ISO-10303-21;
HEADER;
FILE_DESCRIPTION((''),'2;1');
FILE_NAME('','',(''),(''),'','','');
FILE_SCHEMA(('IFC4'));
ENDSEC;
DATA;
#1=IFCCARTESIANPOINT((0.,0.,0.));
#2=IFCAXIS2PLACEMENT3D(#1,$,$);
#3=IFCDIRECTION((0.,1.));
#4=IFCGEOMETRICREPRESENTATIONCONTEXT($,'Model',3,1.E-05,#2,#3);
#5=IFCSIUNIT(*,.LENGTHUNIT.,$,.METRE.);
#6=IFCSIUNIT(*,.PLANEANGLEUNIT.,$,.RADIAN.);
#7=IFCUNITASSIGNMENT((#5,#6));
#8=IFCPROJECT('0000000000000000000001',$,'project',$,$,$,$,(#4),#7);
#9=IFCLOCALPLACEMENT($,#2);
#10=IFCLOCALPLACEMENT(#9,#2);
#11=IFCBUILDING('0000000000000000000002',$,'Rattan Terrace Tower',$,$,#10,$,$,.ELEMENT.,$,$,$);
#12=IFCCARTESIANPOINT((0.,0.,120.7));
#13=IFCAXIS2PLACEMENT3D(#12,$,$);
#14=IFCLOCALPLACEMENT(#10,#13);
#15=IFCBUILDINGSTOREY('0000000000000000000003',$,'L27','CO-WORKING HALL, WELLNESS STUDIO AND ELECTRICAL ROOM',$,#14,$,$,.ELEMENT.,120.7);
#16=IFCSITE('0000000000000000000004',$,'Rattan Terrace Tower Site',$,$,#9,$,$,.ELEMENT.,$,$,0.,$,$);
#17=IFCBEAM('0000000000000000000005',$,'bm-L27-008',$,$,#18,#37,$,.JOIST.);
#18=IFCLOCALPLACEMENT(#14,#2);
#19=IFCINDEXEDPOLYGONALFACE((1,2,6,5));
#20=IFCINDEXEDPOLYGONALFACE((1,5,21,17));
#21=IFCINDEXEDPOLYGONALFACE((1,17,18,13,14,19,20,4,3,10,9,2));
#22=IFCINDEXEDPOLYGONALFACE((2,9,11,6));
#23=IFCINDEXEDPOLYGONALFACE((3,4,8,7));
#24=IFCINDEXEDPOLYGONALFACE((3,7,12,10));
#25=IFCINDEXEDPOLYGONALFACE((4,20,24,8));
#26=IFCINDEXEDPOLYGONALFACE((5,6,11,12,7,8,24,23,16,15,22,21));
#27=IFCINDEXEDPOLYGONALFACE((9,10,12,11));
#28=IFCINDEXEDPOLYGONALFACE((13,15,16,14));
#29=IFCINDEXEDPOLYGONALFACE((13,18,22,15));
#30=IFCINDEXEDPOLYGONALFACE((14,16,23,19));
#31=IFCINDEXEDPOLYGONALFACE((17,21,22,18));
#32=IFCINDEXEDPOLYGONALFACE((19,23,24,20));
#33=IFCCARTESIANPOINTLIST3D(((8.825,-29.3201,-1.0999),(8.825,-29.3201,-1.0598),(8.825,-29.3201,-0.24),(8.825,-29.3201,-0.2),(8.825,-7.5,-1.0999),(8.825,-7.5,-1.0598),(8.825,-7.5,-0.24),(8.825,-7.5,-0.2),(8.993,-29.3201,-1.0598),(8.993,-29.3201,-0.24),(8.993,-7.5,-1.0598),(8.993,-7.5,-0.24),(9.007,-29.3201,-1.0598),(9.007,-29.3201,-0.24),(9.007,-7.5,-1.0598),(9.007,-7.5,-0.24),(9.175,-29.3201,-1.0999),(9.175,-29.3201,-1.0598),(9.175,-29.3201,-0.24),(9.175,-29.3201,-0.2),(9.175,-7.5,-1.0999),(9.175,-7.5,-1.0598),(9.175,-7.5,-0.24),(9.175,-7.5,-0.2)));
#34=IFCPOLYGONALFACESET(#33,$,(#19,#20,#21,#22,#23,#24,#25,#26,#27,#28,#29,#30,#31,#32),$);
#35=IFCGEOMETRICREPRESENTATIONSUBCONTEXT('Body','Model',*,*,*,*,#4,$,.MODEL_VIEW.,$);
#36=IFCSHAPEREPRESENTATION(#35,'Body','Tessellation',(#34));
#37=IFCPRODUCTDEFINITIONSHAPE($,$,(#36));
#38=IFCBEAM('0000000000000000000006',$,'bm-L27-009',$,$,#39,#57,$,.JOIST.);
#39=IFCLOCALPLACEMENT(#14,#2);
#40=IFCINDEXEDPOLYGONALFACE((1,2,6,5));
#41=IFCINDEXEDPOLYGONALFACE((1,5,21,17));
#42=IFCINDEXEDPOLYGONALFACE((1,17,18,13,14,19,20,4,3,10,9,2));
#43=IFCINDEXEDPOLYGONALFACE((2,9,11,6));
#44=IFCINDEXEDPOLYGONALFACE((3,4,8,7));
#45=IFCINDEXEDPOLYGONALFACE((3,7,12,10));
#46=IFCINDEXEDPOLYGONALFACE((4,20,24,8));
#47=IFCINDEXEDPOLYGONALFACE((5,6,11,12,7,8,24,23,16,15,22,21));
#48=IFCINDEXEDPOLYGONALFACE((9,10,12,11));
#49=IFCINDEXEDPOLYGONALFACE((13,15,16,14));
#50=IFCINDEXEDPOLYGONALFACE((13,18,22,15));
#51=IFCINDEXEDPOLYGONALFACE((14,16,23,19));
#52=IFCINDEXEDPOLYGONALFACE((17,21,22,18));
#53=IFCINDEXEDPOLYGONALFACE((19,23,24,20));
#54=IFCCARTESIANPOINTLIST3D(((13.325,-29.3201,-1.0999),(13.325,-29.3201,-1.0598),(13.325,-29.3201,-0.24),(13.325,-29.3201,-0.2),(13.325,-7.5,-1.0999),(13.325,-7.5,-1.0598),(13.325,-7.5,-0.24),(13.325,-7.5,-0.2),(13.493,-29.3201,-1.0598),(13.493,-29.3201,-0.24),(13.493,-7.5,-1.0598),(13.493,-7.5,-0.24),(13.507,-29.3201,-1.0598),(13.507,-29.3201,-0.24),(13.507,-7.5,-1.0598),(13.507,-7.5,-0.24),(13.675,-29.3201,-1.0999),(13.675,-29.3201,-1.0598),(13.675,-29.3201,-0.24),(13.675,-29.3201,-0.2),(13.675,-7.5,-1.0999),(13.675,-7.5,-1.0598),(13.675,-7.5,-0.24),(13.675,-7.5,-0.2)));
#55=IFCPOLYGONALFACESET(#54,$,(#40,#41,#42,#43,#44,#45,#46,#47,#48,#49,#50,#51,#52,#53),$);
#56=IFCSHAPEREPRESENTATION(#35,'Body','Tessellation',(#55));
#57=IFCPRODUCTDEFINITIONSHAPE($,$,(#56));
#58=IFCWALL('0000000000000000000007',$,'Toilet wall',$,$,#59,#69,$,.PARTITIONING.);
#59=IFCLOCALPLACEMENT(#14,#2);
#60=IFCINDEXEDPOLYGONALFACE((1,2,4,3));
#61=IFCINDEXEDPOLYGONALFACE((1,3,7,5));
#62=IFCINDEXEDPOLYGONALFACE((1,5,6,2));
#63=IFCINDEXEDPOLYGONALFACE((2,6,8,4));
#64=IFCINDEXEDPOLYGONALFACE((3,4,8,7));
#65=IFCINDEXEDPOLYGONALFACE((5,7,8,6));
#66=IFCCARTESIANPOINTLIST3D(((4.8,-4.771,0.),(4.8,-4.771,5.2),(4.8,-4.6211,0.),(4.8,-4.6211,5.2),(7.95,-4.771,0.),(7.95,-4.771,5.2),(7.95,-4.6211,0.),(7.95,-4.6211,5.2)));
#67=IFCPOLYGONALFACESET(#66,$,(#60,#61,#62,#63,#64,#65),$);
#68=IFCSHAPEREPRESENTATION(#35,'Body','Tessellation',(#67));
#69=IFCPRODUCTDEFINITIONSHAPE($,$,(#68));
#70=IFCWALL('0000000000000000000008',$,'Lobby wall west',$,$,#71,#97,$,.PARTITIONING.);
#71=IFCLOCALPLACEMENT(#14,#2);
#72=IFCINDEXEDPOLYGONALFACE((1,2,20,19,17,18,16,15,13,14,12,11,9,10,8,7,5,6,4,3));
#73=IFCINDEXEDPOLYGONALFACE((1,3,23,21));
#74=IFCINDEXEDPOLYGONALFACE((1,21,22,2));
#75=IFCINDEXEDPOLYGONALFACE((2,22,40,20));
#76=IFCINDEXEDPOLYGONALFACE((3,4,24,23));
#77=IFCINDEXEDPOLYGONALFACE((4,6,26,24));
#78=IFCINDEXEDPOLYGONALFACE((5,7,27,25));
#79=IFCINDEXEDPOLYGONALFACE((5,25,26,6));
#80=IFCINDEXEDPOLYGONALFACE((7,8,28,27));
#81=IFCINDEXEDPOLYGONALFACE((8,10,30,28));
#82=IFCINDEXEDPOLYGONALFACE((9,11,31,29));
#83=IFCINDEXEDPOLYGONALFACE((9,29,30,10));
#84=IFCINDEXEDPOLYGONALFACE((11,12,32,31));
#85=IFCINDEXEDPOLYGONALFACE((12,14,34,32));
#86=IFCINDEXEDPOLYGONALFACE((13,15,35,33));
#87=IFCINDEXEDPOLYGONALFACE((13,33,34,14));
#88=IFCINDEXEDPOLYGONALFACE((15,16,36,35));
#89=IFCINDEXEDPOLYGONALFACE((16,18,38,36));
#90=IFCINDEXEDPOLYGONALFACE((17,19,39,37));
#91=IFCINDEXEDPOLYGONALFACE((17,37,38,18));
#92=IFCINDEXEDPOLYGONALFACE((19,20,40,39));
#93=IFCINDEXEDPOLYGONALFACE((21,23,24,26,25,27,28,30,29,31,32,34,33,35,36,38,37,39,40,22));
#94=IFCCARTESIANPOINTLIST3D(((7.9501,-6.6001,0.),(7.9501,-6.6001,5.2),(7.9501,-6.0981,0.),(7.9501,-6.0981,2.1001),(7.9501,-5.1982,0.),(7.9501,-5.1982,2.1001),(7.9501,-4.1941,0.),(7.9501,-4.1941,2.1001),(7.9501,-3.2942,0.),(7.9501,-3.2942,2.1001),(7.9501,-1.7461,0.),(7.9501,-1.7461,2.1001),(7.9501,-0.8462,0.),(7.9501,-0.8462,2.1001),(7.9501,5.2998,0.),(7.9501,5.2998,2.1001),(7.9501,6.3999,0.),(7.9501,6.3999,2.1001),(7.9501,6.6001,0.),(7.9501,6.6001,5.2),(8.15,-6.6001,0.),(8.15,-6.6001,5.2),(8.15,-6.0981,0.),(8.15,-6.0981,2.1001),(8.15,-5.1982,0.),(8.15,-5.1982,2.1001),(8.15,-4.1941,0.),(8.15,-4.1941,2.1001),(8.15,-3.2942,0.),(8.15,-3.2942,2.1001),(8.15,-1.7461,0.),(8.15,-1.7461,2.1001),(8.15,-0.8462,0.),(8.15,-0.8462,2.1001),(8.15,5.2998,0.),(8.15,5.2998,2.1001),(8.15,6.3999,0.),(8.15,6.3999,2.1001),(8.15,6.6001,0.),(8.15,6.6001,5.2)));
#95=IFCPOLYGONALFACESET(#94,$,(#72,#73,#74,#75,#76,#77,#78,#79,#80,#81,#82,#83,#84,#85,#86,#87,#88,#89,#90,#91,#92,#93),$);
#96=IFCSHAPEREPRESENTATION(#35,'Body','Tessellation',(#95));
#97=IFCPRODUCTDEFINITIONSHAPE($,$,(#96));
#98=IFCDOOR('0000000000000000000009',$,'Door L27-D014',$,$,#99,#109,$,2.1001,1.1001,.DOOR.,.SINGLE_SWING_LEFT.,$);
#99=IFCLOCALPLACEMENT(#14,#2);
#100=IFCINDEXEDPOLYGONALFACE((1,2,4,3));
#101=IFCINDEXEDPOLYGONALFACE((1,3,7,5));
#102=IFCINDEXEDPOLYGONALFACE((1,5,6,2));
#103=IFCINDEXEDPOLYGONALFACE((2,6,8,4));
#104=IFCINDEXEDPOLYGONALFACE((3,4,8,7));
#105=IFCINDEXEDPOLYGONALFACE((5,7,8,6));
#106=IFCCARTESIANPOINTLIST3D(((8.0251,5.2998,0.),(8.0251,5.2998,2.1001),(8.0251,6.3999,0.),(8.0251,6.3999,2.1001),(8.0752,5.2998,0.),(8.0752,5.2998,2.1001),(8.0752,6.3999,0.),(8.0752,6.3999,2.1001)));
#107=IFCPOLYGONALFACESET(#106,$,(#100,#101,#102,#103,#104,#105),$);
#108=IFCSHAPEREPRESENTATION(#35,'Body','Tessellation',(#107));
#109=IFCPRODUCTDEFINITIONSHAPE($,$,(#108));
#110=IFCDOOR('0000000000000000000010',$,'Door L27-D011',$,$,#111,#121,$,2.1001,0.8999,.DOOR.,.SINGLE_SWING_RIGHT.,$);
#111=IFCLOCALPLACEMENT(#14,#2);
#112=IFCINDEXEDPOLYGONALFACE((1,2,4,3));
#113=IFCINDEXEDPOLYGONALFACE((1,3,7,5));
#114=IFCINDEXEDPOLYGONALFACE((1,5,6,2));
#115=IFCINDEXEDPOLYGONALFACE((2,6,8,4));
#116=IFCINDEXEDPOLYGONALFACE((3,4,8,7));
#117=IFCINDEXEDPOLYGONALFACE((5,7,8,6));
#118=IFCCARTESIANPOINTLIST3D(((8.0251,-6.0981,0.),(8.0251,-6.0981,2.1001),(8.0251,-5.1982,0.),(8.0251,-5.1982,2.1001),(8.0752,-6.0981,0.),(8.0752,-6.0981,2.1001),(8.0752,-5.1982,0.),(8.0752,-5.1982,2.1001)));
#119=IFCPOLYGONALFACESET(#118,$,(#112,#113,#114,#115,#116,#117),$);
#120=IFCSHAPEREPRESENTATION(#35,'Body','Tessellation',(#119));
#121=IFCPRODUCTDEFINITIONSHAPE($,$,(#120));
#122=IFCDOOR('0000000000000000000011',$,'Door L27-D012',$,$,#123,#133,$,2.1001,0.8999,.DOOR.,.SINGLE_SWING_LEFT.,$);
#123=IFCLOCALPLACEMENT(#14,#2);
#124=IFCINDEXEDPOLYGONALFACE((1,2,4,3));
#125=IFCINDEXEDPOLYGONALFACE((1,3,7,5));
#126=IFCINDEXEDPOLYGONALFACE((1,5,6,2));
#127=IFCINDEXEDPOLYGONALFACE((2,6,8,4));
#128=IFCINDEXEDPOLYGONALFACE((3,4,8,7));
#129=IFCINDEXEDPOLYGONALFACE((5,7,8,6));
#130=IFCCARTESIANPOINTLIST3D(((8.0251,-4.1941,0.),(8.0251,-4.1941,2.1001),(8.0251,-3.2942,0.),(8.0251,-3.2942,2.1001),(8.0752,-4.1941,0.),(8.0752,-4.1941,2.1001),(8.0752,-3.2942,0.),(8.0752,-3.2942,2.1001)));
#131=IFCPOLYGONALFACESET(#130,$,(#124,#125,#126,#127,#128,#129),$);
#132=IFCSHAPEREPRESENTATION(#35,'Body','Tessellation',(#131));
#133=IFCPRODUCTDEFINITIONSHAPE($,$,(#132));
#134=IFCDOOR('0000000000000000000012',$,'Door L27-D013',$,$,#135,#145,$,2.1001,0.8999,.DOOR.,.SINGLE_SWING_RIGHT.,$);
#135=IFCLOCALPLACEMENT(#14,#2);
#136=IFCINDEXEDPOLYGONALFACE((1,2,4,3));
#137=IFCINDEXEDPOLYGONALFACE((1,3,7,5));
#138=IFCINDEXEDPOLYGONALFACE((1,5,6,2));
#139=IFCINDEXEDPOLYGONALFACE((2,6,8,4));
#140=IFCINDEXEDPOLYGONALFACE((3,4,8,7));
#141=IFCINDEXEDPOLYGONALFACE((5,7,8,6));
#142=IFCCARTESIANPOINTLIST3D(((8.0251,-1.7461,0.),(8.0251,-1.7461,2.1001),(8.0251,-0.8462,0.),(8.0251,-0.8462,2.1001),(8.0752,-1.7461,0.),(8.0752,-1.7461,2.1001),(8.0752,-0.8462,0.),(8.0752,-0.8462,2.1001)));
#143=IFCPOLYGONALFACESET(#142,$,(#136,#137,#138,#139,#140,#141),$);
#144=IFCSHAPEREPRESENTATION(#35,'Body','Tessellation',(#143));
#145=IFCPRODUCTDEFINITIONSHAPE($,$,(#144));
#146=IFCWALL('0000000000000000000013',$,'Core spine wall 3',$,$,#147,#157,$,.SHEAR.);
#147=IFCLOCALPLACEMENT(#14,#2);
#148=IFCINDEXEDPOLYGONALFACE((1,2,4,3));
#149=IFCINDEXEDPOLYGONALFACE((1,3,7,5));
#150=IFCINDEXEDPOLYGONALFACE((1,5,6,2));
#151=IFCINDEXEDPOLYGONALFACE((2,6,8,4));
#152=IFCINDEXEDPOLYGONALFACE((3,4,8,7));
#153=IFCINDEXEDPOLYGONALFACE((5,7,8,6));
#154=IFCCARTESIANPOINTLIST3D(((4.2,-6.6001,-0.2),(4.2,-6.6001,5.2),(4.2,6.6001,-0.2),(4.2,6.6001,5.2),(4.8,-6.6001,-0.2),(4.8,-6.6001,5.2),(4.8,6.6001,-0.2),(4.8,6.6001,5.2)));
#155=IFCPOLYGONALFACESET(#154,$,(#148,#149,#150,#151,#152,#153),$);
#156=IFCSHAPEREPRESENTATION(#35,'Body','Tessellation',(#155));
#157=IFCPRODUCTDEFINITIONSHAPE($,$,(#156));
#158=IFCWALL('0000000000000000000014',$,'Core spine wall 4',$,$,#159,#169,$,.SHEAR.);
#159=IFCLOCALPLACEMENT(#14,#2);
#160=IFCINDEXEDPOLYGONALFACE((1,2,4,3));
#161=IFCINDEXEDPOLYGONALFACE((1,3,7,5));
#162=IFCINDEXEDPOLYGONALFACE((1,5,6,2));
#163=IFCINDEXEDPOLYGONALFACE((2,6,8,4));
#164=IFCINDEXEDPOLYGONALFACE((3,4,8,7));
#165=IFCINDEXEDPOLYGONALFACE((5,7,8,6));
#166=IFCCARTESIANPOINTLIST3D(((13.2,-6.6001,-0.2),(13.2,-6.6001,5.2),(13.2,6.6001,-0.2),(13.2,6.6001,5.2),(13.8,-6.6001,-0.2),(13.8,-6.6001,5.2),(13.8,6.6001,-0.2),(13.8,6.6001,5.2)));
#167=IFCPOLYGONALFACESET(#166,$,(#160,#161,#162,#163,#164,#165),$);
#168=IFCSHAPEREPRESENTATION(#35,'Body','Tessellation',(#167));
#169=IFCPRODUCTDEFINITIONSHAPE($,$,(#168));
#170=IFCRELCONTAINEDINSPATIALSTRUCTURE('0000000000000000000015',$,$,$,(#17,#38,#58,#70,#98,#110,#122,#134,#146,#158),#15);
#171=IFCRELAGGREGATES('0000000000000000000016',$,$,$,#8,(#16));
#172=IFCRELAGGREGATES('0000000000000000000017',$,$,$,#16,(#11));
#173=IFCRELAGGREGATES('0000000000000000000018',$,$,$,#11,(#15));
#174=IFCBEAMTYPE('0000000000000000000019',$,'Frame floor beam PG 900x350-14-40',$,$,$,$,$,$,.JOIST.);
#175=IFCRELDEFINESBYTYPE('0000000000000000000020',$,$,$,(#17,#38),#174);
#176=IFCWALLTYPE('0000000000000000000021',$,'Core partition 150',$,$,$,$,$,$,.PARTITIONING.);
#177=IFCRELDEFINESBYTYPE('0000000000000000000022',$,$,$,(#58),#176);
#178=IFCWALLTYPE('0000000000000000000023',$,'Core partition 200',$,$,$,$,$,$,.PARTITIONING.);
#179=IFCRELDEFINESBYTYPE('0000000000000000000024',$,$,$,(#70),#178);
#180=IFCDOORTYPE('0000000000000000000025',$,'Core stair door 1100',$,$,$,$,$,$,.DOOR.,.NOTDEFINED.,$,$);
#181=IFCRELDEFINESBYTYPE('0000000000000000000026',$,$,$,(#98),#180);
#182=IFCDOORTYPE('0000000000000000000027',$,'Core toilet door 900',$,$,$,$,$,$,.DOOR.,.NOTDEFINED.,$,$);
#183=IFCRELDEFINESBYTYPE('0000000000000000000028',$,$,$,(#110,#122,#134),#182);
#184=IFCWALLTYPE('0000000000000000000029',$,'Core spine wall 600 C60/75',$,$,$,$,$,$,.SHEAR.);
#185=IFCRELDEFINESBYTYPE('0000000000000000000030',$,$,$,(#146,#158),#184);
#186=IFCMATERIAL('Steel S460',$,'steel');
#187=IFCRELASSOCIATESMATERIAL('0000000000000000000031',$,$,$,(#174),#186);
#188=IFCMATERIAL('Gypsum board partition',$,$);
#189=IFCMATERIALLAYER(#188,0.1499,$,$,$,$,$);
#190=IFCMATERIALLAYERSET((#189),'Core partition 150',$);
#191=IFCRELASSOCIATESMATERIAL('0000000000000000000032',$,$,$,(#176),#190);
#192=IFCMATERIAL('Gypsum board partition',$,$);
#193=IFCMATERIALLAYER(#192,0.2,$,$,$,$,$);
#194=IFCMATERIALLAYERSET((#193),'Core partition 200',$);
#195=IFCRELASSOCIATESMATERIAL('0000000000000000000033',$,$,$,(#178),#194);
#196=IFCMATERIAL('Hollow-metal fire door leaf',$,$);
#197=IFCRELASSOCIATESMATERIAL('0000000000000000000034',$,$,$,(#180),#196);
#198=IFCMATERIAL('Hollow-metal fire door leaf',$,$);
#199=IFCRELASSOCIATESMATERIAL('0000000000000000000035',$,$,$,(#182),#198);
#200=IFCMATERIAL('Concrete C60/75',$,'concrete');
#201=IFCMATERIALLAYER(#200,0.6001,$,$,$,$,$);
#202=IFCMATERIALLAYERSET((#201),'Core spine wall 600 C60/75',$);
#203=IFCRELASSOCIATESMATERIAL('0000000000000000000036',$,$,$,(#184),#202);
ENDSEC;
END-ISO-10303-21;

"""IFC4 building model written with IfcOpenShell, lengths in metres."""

from ifc_helpers import new_model, si_unit, direction, frame, frame_2d, origin, origin_2d, place, context, subcontext, project, spatial, rectangle, i_section, extrude, material, layer, layer_set, material_profile, profile_set, type_object, element, fill, save


model = new_model("IFC4")

# Units and contexts
model_context = context("Model", 3, precision=1e-05, world=origin(), true_north=direction((0.0, 1.0)))
body_context = subcontext(model_context, "Body", "Model", "MODEL_VIEW")
ifc_project = project(units=[si_unit("LENGTHUNIT", "METRE"), si_unit("PLANEANGLEUNIT", "RADIAN")], contexts=[model_context])

# Site, building, storey
site_placement = place(None, origin())
site = spatial("IfcSite", under=ifc_project, at=site_placement, Name="Rattan Terrace Tower Site", CompositionType="ELEMENT", RefElevation=0.0)
building_placement = place(site_placement, origin())
building = spatial("IfcBuilding", under=site, at=building_placement, Name="Rattan Terrace Tower", CompositionType="ELEMENT")
storey_placement = place(building_placement, frame((0.0, 0.0, 120.7)))
storey = spatial("IfcBuildingStorey", under=building, at=storey_placement, Name="L27", Description="CO-WORKING HALL, WELLNESS STUDIO AND ELECTRICAL ROOM", CompositionType="ELEMENT", Elevation=120.7)

# Beams
ifc_material_1 = material(Name="Steel S460", Category="steel")
ifc_material_profile = material_profile(ifc_material_1, i_section(OverallWidth=0.3501, OverallDepth=0.8999, WebThickness=0.0139, FlangeThickness=0.04, at=origin_2d()), Name="PG 900x350-14-40")
ifc_profile_set = profile_set([ifc_material_profile], Name="Steel S460")
beam_type = type_object("IfcBeamType", Name="Frame floor beam PG 900x350-14-40", PredefinedType="JOIST", material=ifc_profile_set)
for number, where, z_axis, x_axis, name in (
    (1, (9.0, -29.3201, -0.6499), (0.0, 1.0, 0.0), (-1.0, 0.0, 0.0), "bm-L27-008"),
    (2, (13.5, -29.3201, -0.6499), (0.0, 1.0, 0.0), (-1.0, 0.0, 0.0), "bm-L27-009"),
):
    element("IfcBeam", number, at=place(storey_placement, frame(where, z_axis=z_axis, x_axis=x_axis)), inside=storey, type_object=beam_type, Name=name, PredefinedType="JOIST", context=body_context, shape_type="SweptSolid", body=[
        extrude(i_section(OverallWidth=0.3501, OverallDepth=0.8999, WebThickness=0.0139, FlangeThickness=0.04, at=origin_2d()), origin(), (0.0, 0.0, 1.0), 21.8201),
    ])

# Wall
ifc_material_2 = material(Name="Gypsum board partition")
ifc_layer_1 = layer(ifc_material_2, 0.1499)
ifc_layer_set_1 = layer_set([ifc_layer_1], Name="Core partition 150")
wall_type_1 = type_object("IfcWallType", Name="Core partition 150", PredefinedType="PARTITIONING", material=ifc_layer_set_1)
wall_1_placement = place(storey_placement, frame((4.8, -4.696, 0.0), z_axis=(0.0, 0.0, 1.0), x_axis=(1.0, 0.0, 0.0)))
element("IfcWall", 3, at=wall_1_placement, inside=storey, type_object=wall_type_1, Name="Toilet wall", PredefinedType="PARTITIONING", context=body_context, shape_type="SweptSolid", body=[
    extrude(rectangle(XDim=3.1499, YDim=0.1499, at=frame_2d((1.575, 0.0))), origin(), (0.0, 0.0, 1.0), 5.2),
])

# Wall, openings, doors
ifc_material_3 = material(Name="Gypsum board partition")
ifc_layer_2 = layer(ifc_material_3, 0.2)
ifc_layer_set_2 = layer_set([ifc_layer_2], Name="Core partition 200")
wall_type_2 = type_object("IfcWallType", Name="Core partition 200", PredefinedType="PARTITIONING", material=ifc_layer_set_2)
wall_2_placement = place(storey_placement, frame((8.05, -6.6001, 0.0), z_axis=(0.0, 0.0, 1.0), x_axis=(0.0, 1.0, 0.0)))
wall_2 = element("IfcWall", 4, at=wall_2_placement, inside=storey, type_object=wall_type_2, Name="Lobby wall west", PredefinedType="PARTITIONING", context=body_context, shape_type="SweptSolid", body=[
    extrude(rectangle(XDim=13.2002, YDim=0.2, at=frame_2d((6.6001, 0.0))), origin(), (0.0, 0.0, 1.0), 5.2),
])
opening_1_placement = place(wall_2_placement, frame((0.502, 0.0, 0.0)))
opening_1 = element("IfcOpeningElement", 5, at=opening_1_placement, cuts=wall_2, PredefinedType="OPENING", context=body_context, shape_type="SweptSolid", body=[
    extrude(rectangle(XDim=0.8999, YDim=2.1001, at=frame_2d((0.45, 1.05))), frame((0.0, 0.1106, 0.0), z_axis=(0.0, -1.0, 0.0), x_axis=(1.0, 0.0, 0.0)), (0.0, 0.0, 1.0), 0.2209),
])
opening_2_placement = place(wall_2_placement, frame((2.406, 0.0, 0.0)))
opening_2 = element("IfcOpeningElement", 6, at=opening_2_placement, cuts=wall_2, PredefinedType="OPENING", context=body_context, shape_type="SweptSolid", body=[
    extrude(rectangle(XDim=0.8999, YDim=2.1001, at=frame_2d((0.45, 1.05))), frame((0.0, 0.1106, 0.0), z_axis=(0.0, -1.0, 0.0), x_axis=(1.0, 0.0, 0.0)), (0.0, 0.0, 1.0), 0.2209),
])
opening_3_placement = place(wall_2_placement, frame((4.854, 0.0, 0.0)))
opening_3 = element("IfcOpeningElement", 7, at=opening_3_placement, cuts=wall_2, PredefinedType="OPENING", context=body_context, shape_type="SweptSolid", body=[
    extrude(rectangle(XDim=0.8999, YDim=2.1001, at=frame_2d((0.45, 1.05))), frame((0.0, 0.1106, 0.0), z_axis=(0.0, -1.0, 0.0), x_axis=(1.0, 0.0, 0.0)), (0.0, 0.0, 1.0), 0.2209),
])
opening_4_placement = place(wall_2_placement, frame((11.8999, 0.0, 0.0)))
opening_4 = element("IfcOpeningElement", 8, at=opening_4_placement, cuts=wall_2, PredefinedType="OPENING", context=body_context, shape_type="SweptSolid", body=[
    extrude(rectangle(XDim=1.1001, YDim=2.1001, at=frame_2d((0.55, 1.05))), frame((0.0, 0.1106, 0.0), z_axis=(0.0, -1.0, 0.0), x_axis=(1.0, 0.0, 0.0)), (0.0, 0.0, 1.0), 0.2209),
])
ifc_material_4 = material(Name="Hollow-metal fire door leaf")
door_type_1 = type_object("IfcDoorType", Name="Core stair door 1100", OperationType="NOTDEFINED", PredefinedType="DOOR", material=ifc_material_4)
door_1_placement = place(opening_4_placement, origin())
door_1 = element("IfcDoor", 9, at=door_1_placement, inside=storey, type_object=door_type_1, Name="Door L27-D014", OperationType="SINGLE_SWING_LEFT", OverallHeight=2.1001, OverallWidth=1.1001, PredefinedType="DOOR", context=body_context, shape_type="SweptSolid", body=[
    extrude(rectangle(XDim=1.1001, YDim=2.1001, at=frame_2d((0.55, 1.05))), frame((0.0, 0.0249, 0.0), z_axis=(0.0, -1.0, 0.0), x_axis=(1.0, 0.0, 0.0)), (0.0, 0.0, 1.0), 0.05),
])
fill(opening_4, door_1)
ifc_material_5 = material(Name="Hollow-metal fire door leaf")
door_type_2 = type_object("IfcDoorType", Name="Core toilet door 900", OperationType="NOTDEFINED", PredefinedType="DOOR", material=ifc_material_5)
door_2_placement = place(opening_1_placement, origin())
door_2 = element("IfcDoor", 10, at=door_2_placement, inside=storey, type_object=door_type_2, Name="Door L27-D011", OperationType="SINGLE_SWING_RIGHT", OverallHeight=2.1001, OverallWidth=0.8999, PredefinedType="DOOR", context=body_context, shape_type="SweptSolid", body=[
    extrude(rectangle(XDim=0.8999, YDim=2.1001, at=frame_2d((0.45, 1.05))), frame((0.0, 0.0249, 0.0), z_axis=(0.0, -1.0, 0.0), x_axis=(1.0, 0.0, 0.0)), (0.0, 0.0, 1.0), 0.05),
])
fill(opening_1, door_2)
door_3_placement = place(opening_2_placement, origin())
door_3 = element("IfcDoor", 11, at=door_3_placement, inside=storey, type_object=door_type_2, Name="Door L27-D012", OperationType="SINGLE_SWING_LEFT", OverallHeight=2.1001, OverallWidth=0.8999, PredefinedType="DOOR", context=body_context, shape_type="SweptSolid", body=[
    extrude(rectangle(XDim=0.8999, YDim=2.1001, at=frame_2d((0.45, 1.05))), frame((0.0, 0.0249, 0.0), z_axis=(0.0, -1.0, 0.0), x_axis=(1.0, 0.0, 0.0)), (0.0, 0.0, 1.0), 0.05),
])
fill(opening_2, door_3)
door_4_placement = place(opening_3_placement, origin())
door_4 = element("IfcDoor", 12, at=door_4_placement, inside=storey, type_object=door_type_2, Name="Door L27-D013", OperationType="SINGLE_SWING_RIGHT", OverallHeight=2.1001, OverallWidth=0.8999, PredefinedType="DOOR", context=body_context, shape_type="SweptSolid", body=[
    extrude(rectangle(XDim=0.8999, YDim=2.1001, at=frame_2d((0.45, 1.05))), frame((0.0, 0.0249, 0.0), z_axis=(0.0, -1.0, 0.0), x_axis=(1.0, 0.0, 0.0)), (0.0, 0.0, 1.0), 0.05),
])
fill(opening_3, door_4)

# Walls
ifc_material_6 = material(Name="Concrete C60/75", Category="concrete")
ifc_layer_3 = layer(ifc_material_6, 0.6001)
ifc_layer_set_3 = layer_set([ifc_layer_3], Name="Core spine wall 600 C60/75")
wall_type_3 = type_object("IfcWallType", Name="Core spine wall 600 C60/75", PredefinedType="SHEAR", material=ifc_layer_set_3)
for number, where, z_axis, x_axis, name in (
    (13, (4.5, -6.6001, -0.2), (0.0, 0.0, 1.0), (0.0, 1.0, 0.0), "Core spine wall 3"),
    (14, (13.5, -6.6001, -0.2), (0.0, 0.0, 1.0), (0.0, 1.0, 0.0), "Core spine wall 4"),
):
    element("IfcWall", number, at=place(storey_placement, frame(where, z_axis=z_axis, x_axis=x_axis)), inside=storey, type_object=wall_type_3, Name=name, PredefinedType="SHEAR", context=body_context, shape_type="SweptSolid", body=[
        extrude(rectangle(XDim=13.2002, YDim=0.6001, at=frame_2d((6.6001, 0.0))), origin(), (0.0, 0.0, 1.0), 5.3999),
    ])

save(model, "model.ifc")
